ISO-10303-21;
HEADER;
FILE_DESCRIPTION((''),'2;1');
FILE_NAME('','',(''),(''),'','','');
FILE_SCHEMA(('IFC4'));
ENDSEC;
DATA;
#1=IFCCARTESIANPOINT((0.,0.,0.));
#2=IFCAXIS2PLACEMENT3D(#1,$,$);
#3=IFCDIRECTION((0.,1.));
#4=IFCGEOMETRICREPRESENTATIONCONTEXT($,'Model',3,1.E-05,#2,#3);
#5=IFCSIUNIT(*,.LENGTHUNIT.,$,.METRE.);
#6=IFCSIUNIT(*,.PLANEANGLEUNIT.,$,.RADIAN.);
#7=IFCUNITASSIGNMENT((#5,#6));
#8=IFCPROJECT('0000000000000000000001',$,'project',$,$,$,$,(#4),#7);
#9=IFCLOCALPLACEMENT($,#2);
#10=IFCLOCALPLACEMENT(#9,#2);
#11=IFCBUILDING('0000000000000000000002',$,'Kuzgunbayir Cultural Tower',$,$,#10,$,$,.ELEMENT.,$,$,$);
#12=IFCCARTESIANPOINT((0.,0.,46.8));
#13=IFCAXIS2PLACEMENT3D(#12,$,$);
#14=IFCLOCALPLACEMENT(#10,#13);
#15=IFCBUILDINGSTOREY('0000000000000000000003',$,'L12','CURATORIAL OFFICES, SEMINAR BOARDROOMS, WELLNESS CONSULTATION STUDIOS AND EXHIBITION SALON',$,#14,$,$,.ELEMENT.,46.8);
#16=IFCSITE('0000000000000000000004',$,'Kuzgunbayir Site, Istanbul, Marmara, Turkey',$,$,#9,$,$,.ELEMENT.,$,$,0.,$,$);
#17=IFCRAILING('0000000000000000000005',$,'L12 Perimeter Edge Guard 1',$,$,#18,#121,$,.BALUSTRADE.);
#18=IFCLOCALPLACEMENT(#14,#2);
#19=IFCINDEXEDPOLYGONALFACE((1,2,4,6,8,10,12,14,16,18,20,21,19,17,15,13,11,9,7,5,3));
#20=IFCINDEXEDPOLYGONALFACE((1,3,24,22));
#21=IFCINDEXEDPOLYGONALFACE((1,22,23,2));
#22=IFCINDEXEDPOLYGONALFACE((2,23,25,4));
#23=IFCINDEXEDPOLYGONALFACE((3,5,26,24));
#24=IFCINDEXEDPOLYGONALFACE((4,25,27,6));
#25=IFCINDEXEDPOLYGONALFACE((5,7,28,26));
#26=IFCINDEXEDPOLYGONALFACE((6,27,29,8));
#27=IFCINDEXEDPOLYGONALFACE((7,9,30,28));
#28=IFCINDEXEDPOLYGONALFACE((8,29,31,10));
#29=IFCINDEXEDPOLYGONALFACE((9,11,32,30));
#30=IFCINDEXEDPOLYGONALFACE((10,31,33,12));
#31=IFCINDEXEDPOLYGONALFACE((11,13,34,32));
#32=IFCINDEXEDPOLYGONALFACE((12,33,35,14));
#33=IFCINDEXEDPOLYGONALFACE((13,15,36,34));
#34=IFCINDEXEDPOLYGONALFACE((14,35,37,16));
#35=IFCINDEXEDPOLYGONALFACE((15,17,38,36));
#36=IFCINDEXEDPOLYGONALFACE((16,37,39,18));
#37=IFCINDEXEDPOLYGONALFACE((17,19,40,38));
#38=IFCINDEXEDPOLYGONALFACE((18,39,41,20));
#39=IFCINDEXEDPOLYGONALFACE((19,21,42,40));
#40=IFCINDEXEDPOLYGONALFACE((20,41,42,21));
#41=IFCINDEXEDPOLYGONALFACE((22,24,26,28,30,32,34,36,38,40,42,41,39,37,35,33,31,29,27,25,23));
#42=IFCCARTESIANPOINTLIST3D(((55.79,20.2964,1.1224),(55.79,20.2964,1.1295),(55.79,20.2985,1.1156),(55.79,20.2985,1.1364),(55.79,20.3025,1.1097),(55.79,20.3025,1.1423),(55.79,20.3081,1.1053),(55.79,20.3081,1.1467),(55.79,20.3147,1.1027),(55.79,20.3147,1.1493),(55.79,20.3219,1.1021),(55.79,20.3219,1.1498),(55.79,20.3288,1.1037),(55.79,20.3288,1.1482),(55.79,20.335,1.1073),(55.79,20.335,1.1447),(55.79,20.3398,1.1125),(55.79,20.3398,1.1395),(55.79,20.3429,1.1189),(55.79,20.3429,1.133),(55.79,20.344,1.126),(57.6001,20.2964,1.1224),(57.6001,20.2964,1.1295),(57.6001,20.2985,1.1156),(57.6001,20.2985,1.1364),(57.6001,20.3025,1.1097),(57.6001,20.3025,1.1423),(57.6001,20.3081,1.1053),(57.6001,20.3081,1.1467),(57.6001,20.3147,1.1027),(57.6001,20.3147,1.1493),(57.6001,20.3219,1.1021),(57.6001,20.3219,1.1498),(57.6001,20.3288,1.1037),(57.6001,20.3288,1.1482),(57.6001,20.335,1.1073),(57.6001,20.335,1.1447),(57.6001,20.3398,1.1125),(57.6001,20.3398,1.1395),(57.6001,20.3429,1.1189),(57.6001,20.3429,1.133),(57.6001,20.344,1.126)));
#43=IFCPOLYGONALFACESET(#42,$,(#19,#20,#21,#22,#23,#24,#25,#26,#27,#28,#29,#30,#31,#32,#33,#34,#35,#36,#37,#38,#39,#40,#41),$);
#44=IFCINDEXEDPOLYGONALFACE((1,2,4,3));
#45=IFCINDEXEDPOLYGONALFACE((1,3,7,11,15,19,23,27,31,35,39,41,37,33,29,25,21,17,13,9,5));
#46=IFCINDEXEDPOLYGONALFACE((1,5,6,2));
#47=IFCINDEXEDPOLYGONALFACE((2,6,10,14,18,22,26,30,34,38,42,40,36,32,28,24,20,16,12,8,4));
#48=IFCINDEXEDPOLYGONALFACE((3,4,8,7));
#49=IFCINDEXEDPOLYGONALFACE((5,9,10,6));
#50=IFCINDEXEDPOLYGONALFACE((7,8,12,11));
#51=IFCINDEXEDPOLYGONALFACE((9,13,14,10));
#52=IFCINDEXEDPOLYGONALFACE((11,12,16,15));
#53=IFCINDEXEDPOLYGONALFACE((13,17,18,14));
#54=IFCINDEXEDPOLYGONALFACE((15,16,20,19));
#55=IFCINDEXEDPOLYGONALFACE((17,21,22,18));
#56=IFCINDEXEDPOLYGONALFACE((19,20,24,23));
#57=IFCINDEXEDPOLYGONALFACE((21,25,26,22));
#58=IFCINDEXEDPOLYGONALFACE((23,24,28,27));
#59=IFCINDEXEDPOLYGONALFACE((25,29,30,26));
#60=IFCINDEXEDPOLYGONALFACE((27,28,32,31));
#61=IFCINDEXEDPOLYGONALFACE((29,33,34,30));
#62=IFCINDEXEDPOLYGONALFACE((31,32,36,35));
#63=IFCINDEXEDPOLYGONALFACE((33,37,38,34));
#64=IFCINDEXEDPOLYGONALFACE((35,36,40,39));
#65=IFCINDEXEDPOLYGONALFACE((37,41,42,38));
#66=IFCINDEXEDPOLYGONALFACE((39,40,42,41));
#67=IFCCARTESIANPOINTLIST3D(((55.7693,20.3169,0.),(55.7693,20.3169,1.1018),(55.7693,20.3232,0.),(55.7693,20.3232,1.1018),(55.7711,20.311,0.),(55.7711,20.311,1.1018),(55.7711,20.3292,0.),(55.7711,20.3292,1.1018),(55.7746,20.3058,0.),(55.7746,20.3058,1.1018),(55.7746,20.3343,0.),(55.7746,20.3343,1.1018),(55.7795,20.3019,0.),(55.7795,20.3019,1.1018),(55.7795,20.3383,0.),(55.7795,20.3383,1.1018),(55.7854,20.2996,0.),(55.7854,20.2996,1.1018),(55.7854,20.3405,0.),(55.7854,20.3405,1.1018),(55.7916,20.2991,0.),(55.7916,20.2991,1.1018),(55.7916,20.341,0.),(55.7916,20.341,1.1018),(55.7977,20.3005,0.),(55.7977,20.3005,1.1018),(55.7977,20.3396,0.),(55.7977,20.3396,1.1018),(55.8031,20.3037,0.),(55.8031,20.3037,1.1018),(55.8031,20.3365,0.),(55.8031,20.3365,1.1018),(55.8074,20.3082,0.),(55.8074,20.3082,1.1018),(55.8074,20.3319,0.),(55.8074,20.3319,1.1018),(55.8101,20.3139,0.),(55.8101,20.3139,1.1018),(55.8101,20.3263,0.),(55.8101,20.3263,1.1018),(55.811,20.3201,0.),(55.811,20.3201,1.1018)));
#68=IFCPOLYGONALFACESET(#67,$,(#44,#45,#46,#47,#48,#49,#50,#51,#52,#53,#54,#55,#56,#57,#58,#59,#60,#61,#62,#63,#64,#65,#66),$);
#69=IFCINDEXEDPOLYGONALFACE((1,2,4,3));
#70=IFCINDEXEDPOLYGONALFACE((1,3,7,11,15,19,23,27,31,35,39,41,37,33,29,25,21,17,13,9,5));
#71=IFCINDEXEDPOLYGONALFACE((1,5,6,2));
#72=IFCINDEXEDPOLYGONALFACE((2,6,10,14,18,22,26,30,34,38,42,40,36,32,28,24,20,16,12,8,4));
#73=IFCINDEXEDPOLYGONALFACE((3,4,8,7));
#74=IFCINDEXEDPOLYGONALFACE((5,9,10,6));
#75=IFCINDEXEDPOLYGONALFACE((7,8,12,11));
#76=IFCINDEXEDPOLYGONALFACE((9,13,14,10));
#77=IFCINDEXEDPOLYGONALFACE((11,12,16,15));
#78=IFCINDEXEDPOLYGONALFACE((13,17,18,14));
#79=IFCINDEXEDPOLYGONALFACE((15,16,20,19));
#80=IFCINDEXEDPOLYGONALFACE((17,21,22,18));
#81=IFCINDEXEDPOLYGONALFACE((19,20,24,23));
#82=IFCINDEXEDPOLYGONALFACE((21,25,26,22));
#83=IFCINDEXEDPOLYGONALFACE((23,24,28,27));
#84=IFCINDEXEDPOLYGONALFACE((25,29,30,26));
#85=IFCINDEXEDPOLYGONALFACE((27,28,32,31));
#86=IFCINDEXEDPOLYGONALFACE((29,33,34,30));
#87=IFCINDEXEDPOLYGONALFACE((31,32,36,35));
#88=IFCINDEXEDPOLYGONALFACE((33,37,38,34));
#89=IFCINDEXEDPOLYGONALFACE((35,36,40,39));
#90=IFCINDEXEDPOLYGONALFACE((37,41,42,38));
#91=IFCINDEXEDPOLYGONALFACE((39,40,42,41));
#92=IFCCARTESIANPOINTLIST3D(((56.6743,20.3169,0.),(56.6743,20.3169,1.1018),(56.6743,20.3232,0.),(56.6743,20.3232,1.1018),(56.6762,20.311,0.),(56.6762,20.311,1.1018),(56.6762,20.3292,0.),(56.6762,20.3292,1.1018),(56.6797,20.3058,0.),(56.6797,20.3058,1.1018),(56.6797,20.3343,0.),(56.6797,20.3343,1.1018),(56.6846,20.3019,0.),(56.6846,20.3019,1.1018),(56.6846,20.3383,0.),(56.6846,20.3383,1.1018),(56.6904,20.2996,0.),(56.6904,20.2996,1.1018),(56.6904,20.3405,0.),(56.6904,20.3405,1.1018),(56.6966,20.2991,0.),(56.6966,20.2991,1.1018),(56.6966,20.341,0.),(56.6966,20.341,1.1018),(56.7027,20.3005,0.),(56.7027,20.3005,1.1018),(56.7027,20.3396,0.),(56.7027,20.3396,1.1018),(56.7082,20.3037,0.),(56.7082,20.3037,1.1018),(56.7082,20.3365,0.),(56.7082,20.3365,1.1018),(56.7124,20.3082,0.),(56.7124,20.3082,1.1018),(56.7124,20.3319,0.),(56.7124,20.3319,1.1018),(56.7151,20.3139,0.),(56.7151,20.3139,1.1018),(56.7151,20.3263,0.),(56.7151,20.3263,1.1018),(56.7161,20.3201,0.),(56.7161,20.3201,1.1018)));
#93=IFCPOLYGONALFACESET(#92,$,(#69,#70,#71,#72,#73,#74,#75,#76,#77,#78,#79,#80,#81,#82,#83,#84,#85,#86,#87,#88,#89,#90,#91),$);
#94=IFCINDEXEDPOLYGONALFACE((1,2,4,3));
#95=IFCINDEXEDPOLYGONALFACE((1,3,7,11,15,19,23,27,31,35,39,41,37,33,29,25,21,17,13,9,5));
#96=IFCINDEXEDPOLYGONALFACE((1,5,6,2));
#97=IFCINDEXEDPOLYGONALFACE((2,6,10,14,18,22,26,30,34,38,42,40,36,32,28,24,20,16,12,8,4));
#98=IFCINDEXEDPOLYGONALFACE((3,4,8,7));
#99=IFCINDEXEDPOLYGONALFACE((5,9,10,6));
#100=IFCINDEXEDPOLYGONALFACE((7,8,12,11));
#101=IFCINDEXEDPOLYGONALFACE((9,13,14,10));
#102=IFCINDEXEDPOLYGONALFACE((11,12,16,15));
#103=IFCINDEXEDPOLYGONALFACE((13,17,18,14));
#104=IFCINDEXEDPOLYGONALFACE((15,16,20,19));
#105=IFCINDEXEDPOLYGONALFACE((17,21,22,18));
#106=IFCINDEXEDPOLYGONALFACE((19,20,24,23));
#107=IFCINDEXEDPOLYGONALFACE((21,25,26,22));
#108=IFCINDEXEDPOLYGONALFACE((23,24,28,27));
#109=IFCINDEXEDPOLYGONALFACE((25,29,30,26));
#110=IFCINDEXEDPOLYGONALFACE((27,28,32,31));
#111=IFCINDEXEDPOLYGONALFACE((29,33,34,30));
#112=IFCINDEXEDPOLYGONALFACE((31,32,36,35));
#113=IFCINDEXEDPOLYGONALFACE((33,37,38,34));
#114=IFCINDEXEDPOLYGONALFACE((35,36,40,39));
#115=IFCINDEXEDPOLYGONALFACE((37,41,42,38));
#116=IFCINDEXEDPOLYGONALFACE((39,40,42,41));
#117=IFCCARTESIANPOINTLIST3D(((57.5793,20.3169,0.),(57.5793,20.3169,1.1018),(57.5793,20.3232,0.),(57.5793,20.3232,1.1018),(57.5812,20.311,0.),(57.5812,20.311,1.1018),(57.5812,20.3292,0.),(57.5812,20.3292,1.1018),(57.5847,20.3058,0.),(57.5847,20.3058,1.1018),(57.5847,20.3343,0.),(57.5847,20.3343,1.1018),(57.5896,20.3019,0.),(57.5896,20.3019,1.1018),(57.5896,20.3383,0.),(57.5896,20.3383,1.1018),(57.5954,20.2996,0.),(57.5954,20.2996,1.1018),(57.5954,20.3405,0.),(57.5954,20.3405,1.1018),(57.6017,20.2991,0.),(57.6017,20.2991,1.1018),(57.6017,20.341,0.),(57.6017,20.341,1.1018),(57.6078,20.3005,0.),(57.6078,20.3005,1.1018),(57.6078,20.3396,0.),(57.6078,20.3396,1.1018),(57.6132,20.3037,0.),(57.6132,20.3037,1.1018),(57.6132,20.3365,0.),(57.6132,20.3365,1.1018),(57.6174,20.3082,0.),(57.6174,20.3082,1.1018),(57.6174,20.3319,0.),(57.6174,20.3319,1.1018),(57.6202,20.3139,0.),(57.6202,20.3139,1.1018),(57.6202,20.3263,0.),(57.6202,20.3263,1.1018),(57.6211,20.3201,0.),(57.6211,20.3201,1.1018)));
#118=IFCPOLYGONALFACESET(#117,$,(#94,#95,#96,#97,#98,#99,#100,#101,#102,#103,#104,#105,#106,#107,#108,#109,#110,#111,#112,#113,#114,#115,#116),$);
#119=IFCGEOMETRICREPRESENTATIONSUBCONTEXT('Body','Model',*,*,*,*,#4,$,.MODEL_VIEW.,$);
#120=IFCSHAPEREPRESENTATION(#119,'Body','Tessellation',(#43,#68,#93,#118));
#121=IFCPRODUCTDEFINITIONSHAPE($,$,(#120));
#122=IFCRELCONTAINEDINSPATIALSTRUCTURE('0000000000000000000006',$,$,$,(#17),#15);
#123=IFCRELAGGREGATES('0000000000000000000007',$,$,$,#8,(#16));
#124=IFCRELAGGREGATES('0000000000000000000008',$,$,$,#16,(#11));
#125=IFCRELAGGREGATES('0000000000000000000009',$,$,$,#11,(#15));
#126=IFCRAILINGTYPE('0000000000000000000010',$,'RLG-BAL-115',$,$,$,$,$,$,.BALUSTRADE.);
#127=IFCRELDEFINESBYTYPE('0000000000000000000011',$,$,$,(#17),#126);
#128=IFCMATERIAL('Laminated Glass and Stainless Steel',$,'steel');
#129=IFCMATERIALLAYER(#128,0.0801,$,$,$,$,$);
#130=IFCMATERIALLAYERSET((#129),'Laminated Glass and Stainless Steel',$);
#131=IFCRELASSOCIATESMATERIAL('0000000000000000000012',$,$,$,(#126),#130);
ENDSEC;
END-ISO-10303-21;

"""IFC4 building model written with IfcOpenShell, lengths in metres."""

from ifc_helpers import new_model, si_unit, direction, frame, origin, origin_2d, place, context, subcontext, project, spatial, circle, extrude, material, layer, layer_set, type_object, element, save


model = new_model("IFC4")

# Units and contexts
model_context = context("Model", 3, precision=1e-05, world=origin(), true_north=direction((0.0, 1.0)))
body_context = subcontext(model_context, "Body", "Model", "MODEL_VIEW")
ifc_project = project(units=[si_unit("LENGTHUNIT", "METRE"), si_unit("PLANEANGLEUNIT", "RADIAN")], contexts=[model_context])

# Site, building, storey
site_placement = place(None, origin())
site = spatial("IfcSite", under=ifc_project, at=site_placement, Name="Kuzgunbayir Site, Istanbul, Marmara, Turkey", CompositionType="ELEMENT", RefElevation=0.0)
building_placement = place(site_placement, origin())
building = spatial("IfcBuilding", under=site, at=building_placement, Name="Kuzgunbayir Cultural Tower", CompositionType="ELEMENT")
storey_placement = place(building_placement, frame((0.0, 0.0, 46.8)))
storey = spatial("IfcBuildingStorey", under=building, at=storey_placement, Name="L12", Description="CURATORIAL OFFICES, SEMINAR BOARDROOMS, WELLNESS CONSULTATION STUDIOS AND EXHIBITION SALON", CompositionType="ELEMENT", Elevation=46.8)

# Railing
ifc_material_1 = material(Name="Laminated Glass and Stainless Steel", Category="steel")
ifc_layer_1 = layer(ifc_material_1, 0.0801)
ifc_layer_set_1 = layer_set([ifc_layer_1], Name="Laminated Glass and Stainless Steel")
railing_type = type_object("IfcRailingType", Name="RLG-BAL-115", PredefinedType="BALUSTRADE", material=ifc_layer_set_1)
railing_1_placement = place(storey_placement, frame((55.79, 20.3201, 0.0)))
element("IfcRailing", 1, at=railing_1_placement, inside=storey, type_object=railing_type, Name="L12 Perimeter Edge Guard 1", PredefinedType="BALUSTRADE", context=body_context, shape_type="SweptSolid", body=[
    extrude(circle(Radius=0.0239, at=origin_2d()), frame((0.0, 0.0, 1.126), z_axis=(1.0, 0.0, 0.0), x_axis=(0.0, 1.0, 0.0)), (0.0, 0.0, 1.0), 1.8101),
    extrude(circle(Radius=0.021, at=origin_2d()), origin(), (0.0, 0.0, 1.0), 1.1018),
    extrude(circle(Radius=0.021, at=origin_2d()), frame((0.905, 0.0, 0.0)), (0.0, 0.0, 1.0), 1.1018),
    extrude(circle(Radius=0.021, at=origin_2d()), frame((1.8101, 0.0, 0.0)), (0.0, 0.0, 1.0), 1.1018),
])

save(model, "model.ifc")
